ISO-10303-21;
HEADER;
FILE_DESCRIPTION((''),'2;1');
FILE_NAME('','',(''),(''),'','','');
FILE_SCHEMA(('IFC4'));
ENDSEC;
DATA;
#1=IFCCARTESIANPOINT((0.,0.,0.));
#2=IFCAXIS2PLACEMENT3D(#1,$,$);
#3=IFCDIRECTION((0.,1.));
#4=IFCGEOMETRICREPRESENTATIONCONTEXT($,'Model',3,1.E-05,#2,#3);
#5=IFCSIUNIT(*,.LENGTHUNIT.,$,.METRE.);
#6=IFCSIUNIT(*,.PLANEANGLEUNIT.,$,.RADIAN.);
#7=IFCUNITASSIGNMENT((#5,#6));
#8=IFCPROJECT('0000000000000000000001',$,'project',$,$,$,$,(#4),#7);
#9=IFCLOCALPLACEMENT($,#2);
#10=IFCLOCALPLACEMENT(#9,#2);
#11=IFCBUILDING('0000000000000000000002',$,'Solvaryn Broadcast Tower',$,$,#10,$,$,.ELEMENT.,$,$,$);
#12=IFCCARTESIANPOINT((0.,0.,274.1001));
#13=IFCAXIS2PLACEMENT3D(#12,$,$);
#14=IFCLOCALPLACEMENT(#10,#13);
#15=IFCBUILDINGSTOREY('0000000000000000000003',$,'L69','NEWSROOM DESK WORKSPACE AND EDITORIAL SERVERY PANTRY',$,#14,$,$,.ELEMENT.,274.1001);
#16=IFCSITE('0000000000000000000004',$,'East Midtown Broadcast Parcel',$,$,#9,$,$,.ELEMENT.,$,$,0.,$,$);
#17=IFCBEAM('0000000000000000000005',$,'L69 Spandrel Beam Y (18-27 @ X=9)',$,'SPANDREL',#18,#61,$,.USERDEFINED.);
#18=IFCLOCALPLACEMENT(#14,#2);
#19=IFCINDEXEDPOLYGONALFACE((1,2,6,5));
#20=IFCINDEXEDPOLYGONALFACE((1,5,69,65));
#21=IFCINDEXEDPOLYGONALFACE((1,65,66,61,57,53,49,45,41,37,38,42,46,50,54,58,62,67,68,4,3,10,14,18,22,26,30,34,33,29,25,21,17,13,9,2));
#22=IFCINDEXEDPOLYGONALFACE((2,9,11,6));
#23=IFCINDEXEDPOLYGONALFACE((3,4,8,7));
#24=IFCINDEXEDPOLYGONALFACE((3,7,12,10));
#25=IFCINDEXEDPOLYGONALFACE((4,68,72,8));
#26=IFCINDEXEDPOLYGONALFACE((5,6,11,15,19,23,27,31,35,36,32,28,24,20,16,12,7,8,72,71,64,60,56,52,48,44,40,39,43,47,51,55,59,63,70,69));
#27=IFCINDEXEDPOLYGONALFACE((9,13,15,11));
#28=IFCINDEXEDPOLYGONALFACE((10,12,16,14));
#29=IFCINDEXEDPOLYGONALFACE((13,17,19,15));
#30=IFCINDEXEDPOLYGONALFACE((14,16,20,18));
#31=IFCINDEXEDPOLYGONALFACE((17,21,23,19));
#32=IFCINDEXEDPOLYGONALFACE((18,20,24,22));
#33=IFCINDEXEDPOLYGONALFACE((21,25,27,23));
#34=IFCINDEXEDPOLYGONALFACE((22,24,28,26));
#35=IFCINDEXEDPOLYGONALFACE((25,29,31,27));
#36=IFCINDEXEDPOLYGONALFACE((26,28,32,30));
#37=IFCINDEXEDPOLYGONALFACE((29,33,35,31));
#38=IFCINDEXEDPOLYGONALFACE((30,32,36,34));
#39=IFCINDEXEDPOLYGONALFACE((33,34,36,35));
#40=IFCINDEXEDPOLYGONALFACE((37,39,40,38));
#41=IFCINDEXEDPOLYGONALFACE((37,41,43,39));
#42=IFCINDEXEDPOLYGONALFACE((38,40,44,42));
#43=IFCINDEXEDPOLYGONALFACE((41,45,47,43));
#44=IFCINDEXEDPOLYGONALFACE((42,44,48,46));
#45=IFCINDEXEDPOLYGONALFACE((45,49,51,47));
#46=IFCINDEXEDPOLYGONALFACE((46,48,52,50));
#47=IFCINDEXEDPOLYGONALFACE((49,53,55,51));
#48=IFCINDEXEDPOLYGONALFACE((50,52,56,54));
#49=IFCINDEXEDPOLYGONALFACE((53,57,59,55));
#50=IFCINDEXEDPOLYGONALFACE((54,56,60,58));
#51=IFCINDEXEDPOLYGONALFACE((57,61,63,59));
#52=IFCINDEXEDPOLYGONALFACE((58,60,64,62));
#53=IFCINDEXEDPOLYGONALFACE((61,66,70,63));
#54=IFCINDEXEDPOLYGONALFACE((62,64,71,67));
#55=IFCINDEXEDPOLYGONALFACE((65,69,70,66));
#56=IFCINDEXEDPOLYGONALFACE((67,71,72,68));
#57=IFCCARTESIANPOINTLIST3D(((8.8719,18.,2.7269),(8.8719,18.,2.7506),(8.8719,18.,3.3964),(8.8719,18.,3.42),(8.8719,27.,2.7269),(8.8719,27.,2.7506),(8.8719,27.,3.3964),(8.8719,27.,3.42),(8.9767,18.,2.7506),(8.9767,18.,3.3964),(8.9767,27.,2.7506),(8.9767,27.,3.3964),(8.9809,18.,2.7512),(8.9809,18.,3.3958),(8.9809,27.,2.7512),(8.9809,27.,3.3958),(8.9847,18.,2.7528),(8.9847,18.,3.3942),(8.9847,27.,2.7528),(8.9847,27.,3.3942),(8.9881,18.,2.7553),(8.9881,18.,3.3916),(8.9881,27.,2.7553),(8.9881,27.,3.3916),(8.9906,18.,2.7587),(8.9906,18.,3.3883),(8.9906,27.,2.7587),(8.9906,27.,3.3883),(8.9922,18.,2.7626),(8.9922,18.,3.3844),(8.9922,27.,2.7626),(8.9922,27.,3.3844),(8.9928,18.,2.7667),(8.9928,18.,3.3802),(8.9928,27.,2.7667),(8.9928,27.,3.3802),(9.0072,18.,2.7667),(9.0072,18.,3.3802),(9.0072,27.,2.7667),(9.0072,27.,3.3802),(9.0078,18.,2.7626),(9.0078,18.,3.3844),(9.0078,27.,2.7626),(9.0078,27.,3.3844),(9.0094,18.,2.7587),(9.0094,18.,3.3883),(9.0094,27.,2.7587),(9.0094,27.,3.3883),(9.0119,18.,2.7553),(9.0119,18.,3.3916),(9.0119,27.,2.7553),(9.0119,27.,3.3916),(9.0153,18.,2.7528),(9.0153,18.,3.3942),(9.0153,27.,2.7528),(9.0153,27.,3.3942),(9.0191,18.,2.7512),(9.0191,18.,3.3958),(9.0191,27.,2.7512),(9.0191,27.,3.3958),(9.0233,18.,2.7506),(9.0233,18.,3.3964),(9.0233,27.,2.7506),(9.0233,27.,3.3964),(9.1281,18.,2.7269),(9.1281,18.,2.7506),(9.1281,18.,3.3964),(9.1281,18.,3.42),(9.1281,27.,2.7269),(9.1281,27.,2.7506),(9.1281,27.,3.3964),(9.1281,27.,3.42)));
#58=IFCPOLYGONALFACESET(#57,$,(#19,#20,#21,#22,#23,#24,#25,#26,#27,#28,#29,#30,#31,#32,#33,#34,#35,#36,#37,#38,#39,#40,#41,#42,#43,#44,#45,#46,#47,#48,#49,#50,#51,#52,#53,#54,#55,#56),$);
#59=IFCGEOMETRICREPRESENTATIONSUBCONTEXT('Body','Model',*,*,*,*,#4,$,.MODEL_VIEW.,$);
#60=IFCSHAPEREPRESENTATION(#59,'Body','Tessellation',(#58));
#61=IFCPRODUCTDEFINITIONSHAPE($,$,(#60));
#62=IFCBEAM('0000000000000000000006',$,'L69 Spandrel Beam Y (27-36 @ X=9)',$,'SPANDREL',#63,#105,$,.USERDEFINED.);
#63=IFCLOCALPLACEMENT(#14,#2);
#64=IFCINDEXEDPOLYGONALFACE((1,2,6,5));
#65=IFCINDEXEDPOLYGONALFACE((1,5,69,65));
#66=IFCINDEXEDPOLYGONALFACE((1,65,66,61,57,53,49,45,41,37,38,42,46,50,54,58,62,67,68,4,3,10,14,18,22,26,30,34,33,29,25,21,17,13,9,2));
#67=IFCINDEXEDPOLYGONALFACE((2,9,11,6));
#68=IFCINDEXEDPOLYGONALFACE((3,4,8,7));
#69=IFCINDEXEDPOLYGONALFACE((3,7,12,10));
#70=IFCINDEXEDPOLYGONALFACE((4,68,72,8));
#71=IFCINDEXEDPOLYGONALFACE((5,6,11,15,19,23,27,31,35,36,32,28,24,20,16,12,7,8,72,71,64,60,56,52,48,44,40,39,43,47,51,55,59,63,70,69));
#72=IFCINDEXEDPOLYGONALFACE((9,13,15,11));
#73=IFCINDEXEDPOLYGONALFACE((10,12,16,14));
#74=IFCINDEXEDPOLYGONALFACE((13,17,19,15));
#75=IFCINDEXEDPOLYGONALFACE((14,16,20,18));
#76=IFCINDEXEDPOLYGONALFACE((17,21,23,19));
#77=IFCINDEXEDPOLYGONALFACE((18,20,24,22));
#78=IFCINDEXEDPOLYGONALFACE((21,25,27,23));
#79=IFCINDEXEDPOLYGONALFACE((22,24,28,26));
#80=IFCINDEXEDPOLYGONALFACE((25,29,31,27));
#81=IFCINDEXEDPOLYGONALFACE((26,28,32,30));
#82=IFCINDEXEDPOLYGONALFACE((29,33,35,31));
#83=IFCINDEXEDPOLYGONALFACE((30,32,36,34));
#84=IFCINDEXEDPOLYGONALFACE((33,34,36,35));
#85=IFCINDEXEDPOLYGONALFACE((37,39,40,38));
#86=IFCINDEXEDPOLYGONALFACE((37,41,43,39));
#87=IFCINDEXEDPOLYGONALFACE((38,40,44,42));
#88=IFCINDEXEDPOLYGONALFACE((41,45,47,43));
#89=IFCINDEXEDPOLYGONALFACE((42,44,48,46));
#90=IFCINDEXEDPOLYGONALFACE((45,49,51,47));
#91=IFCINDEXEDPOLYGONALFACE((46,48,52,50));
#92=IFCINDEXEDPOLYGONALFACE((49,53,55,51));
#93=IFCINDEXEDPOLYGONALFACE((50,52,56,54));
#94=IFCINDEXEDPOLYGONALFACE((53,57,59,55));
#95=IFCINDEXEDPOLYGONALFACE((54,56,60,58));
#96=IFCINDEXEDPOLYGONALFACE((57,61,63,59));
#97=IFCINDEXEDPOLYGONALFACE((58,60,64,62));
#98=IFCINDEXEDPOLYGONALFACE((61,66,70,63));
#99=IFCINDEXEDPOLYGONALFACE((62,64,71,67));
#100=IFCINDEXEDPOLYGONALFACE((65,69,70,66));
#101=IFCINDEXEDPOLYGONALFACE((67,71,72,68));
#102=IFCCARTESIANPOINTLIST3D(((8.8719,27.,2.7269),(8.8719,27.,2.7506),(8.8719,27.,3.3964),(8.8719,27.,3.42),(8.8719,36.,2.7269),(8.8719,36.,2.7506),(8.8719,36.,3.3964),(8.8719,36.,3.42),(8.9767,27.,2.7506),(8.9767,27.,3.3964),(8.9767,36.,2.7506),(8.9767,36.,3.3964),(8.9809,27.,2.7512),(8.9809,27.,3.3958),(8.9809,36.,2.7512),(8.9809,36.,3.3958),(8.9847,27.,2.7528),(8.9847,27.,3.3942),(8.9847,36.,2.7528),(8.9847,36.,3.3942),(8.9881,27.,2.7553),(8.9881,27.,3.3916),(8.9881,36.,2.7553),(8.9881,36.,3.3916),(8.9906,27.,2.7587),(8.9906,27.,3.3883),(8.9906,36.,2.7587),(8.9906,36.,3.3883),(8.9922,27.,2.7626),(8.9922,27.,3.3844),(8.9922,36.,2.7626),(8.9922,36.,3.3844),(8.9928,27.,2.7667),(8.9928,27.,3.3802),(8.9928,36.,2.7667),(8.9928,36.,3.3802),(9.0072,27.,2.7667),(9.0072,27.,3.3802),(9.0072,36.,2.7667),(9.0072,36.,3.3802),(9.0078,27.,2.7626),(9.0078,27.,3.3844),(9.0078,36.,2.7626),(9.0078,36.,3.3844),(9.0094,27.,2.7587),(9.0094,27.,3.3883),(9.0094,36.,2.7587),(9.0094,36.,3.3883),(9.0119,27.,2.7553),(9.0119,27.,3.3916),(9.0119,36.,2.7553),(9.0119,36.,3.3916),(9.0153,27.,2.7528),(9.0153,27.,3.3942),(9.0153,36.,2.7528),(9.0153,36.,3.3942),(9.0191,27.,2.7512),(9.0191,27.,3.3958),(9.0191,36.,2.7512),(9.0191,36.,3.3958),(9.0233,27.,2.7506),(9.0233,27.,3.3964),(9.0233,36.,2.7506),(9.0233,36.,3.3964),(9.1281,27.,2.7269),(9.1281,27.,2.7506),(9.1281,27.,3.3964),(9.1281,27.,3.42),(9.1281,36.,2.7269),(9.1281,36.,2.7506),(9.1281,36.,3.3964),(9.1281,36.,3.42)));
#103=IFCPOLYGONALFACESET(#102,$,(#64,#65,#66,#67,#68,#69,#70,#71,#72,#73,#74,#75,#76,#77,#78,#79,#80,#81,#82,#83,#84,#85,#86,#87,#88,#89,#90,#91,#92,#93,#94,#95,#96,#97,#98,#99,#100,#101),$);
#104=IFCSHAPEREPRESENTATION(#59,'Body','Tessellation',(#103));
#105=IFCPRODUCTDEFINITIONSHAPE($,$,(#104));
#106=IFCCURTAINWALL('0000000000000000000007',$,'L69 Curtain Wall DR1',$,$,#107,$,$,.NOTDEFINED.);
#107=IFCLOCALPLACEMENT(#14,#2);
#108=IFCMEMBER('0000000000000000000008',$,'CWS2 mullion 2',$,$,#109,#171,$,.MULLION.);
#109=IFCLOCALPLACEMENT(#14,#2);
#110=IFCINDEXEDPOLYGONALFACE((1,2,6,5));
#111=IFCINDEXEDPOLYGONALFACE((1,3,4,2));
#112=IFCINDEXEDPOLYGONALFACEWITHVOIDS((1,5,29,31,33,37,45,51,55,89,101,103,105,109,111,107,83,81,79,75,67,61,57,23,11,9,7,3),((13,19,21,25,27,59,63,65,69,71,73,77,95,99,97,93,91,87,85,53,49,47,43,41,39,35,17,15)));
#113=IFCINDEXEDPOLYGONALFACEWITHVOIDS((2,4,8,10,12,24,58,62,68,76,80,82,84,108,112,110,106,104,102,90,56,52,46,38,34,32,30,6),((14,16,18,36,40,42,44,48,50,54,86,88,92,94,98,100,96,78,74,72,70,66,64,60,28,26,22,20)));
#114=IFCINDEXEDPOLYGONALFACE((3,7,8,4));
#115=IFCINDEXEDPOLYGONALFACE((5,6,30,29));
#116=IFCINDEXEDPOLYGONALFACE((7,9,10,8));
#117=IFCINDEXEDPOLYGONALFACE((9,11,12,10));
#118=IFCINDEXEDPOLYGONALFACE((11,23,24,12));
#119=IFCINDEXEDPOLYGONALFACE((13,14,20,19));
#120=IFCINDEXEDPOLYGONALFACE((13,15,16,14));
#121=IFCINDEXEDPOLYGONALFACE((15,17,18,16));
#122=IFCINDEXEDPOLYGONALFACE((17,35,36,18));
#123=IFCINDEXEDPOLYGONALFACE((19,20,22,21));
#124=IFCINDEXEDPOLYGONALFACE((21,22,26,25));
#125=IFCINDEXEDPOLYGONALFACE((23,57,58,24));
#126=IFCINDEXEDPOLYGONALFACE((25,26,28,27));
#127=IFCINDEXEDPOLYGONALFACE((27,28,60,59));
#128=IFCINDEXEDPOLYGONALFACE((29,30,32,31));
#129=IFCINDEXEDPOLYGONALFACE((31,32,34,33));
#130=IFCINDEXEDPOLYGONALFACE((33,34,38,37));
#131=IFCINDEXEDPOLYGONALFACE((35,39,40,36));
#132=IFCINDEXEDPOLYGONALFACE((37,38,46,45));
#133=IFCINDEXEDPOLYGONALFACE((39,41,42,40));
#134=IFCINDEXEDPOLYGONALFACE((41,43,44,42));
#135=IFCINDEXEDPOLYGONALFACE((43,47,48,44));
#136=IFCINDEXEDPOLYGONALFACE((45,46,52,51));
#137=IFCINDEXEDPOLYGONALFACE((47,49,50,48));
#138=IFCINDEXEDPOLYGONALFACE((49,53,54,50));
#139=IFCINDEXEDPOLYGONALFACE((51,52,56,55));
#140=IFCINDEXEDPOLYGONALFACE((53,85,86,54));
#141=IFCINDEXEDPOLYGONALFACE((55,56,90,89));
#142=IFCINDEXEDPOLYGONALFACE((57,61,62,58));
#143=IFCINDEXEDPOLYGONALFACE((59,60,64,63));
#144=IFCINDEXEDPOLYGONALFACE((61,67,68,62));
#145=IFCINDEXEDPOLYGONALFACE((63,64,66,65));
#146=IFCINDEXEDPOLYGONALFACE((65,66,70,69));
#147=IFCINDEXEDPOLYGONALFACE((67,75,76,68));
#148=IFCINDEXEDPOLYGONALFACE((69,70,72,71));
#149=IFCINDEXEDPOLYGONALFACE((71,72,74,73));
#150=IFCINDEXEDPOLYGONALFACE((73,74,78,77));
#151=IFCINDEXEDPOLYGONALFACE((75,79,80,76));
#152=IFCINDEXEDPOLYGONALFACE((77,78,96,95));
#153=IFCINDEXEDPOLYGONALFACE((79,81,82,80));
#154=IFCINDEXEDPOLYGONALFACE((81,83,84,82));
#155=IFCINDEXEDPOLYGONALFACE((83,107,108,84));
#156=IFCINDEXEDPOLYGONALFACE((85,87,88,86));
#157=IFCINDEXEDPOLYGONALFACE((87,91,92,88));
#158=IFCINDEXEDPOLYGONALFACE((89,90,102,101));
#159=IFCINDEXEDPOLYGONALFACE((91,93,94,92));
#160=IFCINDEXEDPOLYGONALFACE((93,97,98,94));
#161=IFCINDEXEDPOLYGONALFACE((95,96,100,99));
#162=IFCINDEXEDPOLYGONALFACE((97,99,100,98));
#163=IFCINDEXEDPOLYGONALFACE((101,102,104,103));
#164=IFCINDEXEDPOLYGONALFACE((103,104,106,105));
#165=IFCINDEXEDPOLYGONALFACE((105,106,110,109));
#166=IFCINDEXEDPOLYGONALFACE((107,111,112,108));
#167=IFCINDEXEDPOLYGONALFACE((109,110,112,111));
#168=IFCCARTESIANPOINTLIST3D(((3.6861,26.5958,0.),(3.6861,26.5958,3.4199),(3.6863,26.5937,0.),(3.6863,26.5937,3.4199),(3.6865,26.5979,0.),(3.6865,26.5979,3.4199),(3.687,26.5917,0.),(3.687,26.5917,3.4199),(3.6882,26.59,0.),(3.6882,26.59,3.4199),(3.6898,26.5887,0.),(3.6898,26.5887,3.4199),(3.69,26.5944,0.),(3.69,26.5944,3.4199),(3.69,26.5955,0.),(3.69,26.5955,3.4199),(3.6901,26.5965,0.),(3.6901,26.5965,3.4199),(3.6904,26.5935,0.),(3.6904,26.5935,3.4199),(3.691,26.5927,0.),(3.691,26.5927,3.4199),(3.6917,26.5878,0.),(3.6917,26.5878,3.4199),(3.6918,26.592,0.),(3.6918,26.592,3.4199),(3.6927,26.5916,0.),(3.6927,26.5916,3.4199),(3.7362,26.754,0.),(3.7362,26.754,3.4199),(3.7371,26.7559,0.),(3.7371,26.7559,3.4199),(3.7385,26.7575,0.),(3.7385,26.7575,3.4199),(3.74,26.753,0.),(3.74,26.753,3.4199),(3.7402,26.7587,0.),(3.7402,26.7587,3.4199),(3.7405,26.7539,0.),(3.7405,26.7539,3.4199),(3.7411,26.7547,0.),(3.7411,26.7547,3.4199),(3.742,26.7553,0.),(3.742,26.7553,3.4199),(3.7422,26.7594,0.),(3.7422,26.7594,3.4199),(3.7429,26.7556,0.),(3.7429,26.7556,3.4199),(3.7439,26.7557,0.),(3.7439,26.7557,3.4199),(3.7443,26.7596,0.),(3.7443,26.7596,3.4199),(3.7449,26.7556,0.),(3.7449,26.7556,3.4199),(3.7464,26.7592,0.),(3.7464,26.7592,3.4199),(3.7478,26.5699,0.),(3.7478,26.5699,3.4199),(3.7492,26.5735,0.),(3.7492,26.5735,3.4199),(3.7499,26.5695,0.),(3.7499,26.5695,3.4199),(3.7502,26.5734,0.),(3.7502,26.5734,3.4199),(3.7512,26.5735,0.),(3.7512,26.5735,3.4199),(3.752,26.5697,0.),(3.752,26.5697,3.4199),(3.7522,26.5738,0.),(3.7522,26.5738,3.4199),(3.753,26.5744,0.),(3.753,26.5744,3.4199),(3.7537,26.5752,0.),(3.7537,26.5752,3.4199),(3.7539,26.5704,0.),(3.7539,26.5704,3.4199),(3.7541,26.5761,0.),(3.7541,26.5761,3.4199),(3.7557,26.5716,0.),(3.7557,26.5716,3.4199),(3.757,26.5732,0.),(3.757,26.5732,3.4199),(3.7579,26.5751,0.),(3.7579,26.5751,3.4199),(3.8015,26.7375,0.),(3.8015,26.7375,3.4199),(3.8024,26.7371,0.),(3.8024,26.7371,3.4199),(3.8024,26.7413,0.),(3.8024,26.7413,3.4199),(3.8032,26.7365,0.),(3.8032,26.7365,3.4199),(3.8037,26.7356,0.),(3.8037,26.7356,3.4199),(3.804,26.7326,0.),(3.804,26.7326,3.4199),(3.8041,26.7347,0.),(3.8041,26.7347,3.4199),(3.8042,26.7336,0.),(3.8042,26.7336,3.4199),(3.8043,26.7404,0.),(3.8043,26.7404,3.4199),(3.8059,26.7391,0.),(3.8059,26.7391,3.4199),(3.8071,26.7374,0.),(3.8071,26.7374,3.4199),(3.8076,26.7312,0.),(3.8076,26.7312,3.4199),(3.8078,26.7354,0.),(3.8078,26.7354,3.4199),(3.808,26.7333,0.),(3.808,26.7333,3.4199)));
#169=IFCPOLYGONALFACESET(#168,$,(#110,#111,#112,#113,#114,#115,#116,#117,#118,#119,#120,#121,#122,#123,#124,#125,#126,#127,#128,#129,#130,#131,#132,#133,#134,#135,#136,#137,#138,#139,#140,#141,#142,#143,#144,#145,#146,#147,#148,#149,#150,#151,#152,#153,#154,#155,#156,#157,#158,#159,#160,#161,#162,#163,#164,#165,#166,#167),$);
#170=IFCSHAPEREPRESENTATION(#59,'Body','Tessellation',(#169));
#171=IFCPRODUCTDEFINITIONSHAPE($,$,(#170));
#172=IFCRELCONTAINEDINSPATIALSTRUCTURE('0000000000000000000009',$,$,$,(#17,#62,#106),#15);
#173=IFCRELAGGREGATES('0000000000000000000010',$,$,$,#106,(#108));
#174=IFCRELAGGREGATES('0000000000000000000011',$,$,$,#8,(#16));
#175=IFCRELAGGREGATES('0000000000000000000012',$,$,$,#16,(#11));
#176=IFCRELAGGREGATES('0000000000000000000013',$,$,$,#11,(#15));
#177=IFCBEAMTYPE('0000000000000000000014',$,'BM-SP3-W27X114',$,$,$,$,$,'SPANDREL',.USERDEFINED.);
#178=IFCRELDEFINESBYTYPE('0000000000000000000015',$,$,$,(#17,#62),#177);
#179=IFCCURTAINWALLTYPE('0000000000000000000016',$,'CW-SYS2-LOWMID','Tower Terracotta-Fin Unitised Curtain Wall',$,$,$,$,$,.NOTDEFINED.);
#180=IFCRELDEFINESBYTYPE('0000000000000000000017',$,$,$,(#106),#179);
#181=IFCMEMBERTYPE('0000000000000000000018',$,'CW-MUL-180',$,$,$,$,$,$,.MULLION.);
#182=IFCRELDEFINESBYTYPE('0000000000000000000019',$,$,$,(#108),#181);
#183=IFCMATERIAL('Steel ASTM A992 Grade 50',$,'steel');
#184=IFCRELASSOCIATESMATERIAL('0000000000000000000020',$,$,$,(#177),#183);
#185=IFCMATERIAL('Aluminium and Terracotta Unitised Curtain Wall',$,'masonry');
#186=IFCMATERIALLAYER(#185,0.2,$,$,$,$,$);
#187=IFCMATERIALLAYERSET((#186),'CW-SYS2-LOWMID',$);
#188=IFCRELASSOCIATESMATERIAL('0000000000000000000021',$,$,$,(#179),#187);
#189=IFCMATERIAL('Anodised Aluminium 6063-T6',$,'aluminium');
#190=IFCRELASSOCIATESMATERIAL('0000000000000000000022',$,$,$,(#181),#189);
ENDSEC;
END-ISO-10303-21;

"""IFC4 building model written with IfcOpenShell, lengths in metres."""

from ifc_helpers import new_model, si_unit, direction, frame, origin, origin_2d, place, context, subcontext, project, spatial, hollow_rectangle, i_section, extrude, material, layer, layer_set, material_profile, profile_set, type_object, element, aggregate, save


model = new_model("IFC4")

# Units and contexts
model_context = context("Model", 3, precision=1e-05, world=origin(), true_north=direction((0.0, 1.0)))
body_context = subcontext(model_context, "Body", "Model", "MODEL_VIEW")
ifc_project = project(units=[si_unit("LENGTHUNIT", "METRE"), si_unit("PLANEANGLEUNIT", "RADIAN")], contexts=[model_context])

# Site, building, storey
site_placement = place(None, origin())
site = spatial("IfcSite", under=ifc_project, at=site_placement, Name="East Midtown Broadcast Parcel", CompositionType="ELEMENT", RefElevation=0.0)
building_placement = place(site_placement, origin())
building = spatial("IfcBuilding", under=site, at=building_placement, Name="Solvaryn Broadcast Tower", CompositionType="ELEMENT")
storey_placement = place(building_placement, frame((0.0, 0.0, 274.1001)))
storey = spatial("IfcBuildingStorey", under=building, at=storey_placement, Name="L69", Description="NEWSROOM DESK WORKSPACE AND EDITORIAL SERVERY PANTRY", CompositionType="ELEMENT", Elevation=274.1001)

# Beams
ifc_material_1 = material(Name="Steel ASTM A992 Grade 50", Category="steel")
ifc_material_profile_1 = material_profile(ifc_material_1, i_section(OverallWidth=0.2561, OverallDepth=0.6931, WebThickness=0.0144, FlangeThickness=0.0237, FilletRadius=0.0161, at=origin_2d()))
ifc_profile_set_1 = profile_set([ifc_material_profile_1], Name="Steel ASTM A992 Grade 50")
beam_type_1 = type_object("IfcBeamType", Name="BM-SP3-W27X114", ElementType="SPANDREL", PredefinedType="USERDEFINED", material=ifc_profile_set_1)
for number, where, z_axis, x_axis, name in (
    (1, (9.0, 18.0, 3.0735), (0.0, 1.0, 0.0), (-1.0, 0.0, 0.0), "L69 Spandrel Beam Y (18-27 @ X=9)"),
    (2, (9.0, 27.0, 3.0735), (0.0, 1.0, 0.0), (-1.0, 0.0, 0.0), "L69 Spandrel Beam Y (27-36 @ X=9)"),
):
    element("IfcBeam", number, at=place(storey_placement, frame(where, z_axis=z_axis, x_axis=x_axis)), inside=storey, type_object=beam_type_1, Name=name, ObjectType="SPANDREL", PredefinedType="USERDEFINED", context=body_context, shape_type="SweptSolid", body=[
        extrude(i_section(OverallWidth=0.2561, OverallDepth=0.6931, WebThickness=0.0144, FlangeThickness=0.0237, FilletRadius=0.0161, at=origin_2d()), origin(), (0.0, 0.0, 1.0), 9.0),
    ])

# Curtain wall, member
ifc_material_2 = material(Name="Aluminium and Terracotta Unitised Curtain Wall", Category="masonry")
ifc_layer_1 = layer(ifc_material_2, 0.2)
ifc_layer_set_1 = layer_set([ifc_layer_1], Name="CW-SYS2-LOWMID")
curtain_wall_type = type_object("IfcCurtainWallType", Name="CW-SYS2-LOWMID", Description="Tower Terracotta-Fin Unitised Curtain Wall", PredefinedType="NOTDEFINED", material=ifc_layer_set_1)
curtain_wall_1_placement = place(storey_placement, origin())
curtain_wall_1 = element("IfcCurtainWall", 3, at=curtain_wall_1_placement, inside=storey, type_object=curtain_wall_type, Name="L69 Curtain Wall DR1", PredefinedType="NOTDEFINED")
ifc_material_3 = material(Name="Anodised Aluminium 6063-T6", Category="aluminium")
ifc_material_profile_2 = material_profile(ifc_material_3, hollow_rectangle(XDim=0.075, YDim=0.1799, WallThickness=0.0039, InnerFilletRadius=0.0039, OuterFilletRadius=0.0081, at=origin_2d()))
ifc_profile_set_2 = profile_set([ifc_material_profile_2], Name="Anodised Aluminium 6063-T6")
member_type_1 = type_object("IfcMemberType", Name="CW-MUL-180", PredefinedType="MULLION", material=ifc_profile_set_2)
member_1_placement = place(storey_placement, frame((3.7471, 26.6646, 0.0), z_axis=(0.0, 0.0, 1.0), x_axis=(0.952795, -0.303616, 0.0)))
member_1 = element("IfcMember", 4, at=member_1_placement, type_object=member_type_1, Name="CWS2 mullion 2", PredefinedType="MULLION", context=body_context, shape_type="SweptSolid", body=[
    extrude(hollow_rectangle(XDim=0.075, YDim=0.1799, WallThickness=0.0039, InnerFilletRadius=0.0039, OuterFilletRadius=0.0081, at=origin_2d()), origin(), (0.0, 0.0, 1.0), 3.4199),
])
aggregate(curtain_wall_1, [member_1])

save(model, "model.ifc")
